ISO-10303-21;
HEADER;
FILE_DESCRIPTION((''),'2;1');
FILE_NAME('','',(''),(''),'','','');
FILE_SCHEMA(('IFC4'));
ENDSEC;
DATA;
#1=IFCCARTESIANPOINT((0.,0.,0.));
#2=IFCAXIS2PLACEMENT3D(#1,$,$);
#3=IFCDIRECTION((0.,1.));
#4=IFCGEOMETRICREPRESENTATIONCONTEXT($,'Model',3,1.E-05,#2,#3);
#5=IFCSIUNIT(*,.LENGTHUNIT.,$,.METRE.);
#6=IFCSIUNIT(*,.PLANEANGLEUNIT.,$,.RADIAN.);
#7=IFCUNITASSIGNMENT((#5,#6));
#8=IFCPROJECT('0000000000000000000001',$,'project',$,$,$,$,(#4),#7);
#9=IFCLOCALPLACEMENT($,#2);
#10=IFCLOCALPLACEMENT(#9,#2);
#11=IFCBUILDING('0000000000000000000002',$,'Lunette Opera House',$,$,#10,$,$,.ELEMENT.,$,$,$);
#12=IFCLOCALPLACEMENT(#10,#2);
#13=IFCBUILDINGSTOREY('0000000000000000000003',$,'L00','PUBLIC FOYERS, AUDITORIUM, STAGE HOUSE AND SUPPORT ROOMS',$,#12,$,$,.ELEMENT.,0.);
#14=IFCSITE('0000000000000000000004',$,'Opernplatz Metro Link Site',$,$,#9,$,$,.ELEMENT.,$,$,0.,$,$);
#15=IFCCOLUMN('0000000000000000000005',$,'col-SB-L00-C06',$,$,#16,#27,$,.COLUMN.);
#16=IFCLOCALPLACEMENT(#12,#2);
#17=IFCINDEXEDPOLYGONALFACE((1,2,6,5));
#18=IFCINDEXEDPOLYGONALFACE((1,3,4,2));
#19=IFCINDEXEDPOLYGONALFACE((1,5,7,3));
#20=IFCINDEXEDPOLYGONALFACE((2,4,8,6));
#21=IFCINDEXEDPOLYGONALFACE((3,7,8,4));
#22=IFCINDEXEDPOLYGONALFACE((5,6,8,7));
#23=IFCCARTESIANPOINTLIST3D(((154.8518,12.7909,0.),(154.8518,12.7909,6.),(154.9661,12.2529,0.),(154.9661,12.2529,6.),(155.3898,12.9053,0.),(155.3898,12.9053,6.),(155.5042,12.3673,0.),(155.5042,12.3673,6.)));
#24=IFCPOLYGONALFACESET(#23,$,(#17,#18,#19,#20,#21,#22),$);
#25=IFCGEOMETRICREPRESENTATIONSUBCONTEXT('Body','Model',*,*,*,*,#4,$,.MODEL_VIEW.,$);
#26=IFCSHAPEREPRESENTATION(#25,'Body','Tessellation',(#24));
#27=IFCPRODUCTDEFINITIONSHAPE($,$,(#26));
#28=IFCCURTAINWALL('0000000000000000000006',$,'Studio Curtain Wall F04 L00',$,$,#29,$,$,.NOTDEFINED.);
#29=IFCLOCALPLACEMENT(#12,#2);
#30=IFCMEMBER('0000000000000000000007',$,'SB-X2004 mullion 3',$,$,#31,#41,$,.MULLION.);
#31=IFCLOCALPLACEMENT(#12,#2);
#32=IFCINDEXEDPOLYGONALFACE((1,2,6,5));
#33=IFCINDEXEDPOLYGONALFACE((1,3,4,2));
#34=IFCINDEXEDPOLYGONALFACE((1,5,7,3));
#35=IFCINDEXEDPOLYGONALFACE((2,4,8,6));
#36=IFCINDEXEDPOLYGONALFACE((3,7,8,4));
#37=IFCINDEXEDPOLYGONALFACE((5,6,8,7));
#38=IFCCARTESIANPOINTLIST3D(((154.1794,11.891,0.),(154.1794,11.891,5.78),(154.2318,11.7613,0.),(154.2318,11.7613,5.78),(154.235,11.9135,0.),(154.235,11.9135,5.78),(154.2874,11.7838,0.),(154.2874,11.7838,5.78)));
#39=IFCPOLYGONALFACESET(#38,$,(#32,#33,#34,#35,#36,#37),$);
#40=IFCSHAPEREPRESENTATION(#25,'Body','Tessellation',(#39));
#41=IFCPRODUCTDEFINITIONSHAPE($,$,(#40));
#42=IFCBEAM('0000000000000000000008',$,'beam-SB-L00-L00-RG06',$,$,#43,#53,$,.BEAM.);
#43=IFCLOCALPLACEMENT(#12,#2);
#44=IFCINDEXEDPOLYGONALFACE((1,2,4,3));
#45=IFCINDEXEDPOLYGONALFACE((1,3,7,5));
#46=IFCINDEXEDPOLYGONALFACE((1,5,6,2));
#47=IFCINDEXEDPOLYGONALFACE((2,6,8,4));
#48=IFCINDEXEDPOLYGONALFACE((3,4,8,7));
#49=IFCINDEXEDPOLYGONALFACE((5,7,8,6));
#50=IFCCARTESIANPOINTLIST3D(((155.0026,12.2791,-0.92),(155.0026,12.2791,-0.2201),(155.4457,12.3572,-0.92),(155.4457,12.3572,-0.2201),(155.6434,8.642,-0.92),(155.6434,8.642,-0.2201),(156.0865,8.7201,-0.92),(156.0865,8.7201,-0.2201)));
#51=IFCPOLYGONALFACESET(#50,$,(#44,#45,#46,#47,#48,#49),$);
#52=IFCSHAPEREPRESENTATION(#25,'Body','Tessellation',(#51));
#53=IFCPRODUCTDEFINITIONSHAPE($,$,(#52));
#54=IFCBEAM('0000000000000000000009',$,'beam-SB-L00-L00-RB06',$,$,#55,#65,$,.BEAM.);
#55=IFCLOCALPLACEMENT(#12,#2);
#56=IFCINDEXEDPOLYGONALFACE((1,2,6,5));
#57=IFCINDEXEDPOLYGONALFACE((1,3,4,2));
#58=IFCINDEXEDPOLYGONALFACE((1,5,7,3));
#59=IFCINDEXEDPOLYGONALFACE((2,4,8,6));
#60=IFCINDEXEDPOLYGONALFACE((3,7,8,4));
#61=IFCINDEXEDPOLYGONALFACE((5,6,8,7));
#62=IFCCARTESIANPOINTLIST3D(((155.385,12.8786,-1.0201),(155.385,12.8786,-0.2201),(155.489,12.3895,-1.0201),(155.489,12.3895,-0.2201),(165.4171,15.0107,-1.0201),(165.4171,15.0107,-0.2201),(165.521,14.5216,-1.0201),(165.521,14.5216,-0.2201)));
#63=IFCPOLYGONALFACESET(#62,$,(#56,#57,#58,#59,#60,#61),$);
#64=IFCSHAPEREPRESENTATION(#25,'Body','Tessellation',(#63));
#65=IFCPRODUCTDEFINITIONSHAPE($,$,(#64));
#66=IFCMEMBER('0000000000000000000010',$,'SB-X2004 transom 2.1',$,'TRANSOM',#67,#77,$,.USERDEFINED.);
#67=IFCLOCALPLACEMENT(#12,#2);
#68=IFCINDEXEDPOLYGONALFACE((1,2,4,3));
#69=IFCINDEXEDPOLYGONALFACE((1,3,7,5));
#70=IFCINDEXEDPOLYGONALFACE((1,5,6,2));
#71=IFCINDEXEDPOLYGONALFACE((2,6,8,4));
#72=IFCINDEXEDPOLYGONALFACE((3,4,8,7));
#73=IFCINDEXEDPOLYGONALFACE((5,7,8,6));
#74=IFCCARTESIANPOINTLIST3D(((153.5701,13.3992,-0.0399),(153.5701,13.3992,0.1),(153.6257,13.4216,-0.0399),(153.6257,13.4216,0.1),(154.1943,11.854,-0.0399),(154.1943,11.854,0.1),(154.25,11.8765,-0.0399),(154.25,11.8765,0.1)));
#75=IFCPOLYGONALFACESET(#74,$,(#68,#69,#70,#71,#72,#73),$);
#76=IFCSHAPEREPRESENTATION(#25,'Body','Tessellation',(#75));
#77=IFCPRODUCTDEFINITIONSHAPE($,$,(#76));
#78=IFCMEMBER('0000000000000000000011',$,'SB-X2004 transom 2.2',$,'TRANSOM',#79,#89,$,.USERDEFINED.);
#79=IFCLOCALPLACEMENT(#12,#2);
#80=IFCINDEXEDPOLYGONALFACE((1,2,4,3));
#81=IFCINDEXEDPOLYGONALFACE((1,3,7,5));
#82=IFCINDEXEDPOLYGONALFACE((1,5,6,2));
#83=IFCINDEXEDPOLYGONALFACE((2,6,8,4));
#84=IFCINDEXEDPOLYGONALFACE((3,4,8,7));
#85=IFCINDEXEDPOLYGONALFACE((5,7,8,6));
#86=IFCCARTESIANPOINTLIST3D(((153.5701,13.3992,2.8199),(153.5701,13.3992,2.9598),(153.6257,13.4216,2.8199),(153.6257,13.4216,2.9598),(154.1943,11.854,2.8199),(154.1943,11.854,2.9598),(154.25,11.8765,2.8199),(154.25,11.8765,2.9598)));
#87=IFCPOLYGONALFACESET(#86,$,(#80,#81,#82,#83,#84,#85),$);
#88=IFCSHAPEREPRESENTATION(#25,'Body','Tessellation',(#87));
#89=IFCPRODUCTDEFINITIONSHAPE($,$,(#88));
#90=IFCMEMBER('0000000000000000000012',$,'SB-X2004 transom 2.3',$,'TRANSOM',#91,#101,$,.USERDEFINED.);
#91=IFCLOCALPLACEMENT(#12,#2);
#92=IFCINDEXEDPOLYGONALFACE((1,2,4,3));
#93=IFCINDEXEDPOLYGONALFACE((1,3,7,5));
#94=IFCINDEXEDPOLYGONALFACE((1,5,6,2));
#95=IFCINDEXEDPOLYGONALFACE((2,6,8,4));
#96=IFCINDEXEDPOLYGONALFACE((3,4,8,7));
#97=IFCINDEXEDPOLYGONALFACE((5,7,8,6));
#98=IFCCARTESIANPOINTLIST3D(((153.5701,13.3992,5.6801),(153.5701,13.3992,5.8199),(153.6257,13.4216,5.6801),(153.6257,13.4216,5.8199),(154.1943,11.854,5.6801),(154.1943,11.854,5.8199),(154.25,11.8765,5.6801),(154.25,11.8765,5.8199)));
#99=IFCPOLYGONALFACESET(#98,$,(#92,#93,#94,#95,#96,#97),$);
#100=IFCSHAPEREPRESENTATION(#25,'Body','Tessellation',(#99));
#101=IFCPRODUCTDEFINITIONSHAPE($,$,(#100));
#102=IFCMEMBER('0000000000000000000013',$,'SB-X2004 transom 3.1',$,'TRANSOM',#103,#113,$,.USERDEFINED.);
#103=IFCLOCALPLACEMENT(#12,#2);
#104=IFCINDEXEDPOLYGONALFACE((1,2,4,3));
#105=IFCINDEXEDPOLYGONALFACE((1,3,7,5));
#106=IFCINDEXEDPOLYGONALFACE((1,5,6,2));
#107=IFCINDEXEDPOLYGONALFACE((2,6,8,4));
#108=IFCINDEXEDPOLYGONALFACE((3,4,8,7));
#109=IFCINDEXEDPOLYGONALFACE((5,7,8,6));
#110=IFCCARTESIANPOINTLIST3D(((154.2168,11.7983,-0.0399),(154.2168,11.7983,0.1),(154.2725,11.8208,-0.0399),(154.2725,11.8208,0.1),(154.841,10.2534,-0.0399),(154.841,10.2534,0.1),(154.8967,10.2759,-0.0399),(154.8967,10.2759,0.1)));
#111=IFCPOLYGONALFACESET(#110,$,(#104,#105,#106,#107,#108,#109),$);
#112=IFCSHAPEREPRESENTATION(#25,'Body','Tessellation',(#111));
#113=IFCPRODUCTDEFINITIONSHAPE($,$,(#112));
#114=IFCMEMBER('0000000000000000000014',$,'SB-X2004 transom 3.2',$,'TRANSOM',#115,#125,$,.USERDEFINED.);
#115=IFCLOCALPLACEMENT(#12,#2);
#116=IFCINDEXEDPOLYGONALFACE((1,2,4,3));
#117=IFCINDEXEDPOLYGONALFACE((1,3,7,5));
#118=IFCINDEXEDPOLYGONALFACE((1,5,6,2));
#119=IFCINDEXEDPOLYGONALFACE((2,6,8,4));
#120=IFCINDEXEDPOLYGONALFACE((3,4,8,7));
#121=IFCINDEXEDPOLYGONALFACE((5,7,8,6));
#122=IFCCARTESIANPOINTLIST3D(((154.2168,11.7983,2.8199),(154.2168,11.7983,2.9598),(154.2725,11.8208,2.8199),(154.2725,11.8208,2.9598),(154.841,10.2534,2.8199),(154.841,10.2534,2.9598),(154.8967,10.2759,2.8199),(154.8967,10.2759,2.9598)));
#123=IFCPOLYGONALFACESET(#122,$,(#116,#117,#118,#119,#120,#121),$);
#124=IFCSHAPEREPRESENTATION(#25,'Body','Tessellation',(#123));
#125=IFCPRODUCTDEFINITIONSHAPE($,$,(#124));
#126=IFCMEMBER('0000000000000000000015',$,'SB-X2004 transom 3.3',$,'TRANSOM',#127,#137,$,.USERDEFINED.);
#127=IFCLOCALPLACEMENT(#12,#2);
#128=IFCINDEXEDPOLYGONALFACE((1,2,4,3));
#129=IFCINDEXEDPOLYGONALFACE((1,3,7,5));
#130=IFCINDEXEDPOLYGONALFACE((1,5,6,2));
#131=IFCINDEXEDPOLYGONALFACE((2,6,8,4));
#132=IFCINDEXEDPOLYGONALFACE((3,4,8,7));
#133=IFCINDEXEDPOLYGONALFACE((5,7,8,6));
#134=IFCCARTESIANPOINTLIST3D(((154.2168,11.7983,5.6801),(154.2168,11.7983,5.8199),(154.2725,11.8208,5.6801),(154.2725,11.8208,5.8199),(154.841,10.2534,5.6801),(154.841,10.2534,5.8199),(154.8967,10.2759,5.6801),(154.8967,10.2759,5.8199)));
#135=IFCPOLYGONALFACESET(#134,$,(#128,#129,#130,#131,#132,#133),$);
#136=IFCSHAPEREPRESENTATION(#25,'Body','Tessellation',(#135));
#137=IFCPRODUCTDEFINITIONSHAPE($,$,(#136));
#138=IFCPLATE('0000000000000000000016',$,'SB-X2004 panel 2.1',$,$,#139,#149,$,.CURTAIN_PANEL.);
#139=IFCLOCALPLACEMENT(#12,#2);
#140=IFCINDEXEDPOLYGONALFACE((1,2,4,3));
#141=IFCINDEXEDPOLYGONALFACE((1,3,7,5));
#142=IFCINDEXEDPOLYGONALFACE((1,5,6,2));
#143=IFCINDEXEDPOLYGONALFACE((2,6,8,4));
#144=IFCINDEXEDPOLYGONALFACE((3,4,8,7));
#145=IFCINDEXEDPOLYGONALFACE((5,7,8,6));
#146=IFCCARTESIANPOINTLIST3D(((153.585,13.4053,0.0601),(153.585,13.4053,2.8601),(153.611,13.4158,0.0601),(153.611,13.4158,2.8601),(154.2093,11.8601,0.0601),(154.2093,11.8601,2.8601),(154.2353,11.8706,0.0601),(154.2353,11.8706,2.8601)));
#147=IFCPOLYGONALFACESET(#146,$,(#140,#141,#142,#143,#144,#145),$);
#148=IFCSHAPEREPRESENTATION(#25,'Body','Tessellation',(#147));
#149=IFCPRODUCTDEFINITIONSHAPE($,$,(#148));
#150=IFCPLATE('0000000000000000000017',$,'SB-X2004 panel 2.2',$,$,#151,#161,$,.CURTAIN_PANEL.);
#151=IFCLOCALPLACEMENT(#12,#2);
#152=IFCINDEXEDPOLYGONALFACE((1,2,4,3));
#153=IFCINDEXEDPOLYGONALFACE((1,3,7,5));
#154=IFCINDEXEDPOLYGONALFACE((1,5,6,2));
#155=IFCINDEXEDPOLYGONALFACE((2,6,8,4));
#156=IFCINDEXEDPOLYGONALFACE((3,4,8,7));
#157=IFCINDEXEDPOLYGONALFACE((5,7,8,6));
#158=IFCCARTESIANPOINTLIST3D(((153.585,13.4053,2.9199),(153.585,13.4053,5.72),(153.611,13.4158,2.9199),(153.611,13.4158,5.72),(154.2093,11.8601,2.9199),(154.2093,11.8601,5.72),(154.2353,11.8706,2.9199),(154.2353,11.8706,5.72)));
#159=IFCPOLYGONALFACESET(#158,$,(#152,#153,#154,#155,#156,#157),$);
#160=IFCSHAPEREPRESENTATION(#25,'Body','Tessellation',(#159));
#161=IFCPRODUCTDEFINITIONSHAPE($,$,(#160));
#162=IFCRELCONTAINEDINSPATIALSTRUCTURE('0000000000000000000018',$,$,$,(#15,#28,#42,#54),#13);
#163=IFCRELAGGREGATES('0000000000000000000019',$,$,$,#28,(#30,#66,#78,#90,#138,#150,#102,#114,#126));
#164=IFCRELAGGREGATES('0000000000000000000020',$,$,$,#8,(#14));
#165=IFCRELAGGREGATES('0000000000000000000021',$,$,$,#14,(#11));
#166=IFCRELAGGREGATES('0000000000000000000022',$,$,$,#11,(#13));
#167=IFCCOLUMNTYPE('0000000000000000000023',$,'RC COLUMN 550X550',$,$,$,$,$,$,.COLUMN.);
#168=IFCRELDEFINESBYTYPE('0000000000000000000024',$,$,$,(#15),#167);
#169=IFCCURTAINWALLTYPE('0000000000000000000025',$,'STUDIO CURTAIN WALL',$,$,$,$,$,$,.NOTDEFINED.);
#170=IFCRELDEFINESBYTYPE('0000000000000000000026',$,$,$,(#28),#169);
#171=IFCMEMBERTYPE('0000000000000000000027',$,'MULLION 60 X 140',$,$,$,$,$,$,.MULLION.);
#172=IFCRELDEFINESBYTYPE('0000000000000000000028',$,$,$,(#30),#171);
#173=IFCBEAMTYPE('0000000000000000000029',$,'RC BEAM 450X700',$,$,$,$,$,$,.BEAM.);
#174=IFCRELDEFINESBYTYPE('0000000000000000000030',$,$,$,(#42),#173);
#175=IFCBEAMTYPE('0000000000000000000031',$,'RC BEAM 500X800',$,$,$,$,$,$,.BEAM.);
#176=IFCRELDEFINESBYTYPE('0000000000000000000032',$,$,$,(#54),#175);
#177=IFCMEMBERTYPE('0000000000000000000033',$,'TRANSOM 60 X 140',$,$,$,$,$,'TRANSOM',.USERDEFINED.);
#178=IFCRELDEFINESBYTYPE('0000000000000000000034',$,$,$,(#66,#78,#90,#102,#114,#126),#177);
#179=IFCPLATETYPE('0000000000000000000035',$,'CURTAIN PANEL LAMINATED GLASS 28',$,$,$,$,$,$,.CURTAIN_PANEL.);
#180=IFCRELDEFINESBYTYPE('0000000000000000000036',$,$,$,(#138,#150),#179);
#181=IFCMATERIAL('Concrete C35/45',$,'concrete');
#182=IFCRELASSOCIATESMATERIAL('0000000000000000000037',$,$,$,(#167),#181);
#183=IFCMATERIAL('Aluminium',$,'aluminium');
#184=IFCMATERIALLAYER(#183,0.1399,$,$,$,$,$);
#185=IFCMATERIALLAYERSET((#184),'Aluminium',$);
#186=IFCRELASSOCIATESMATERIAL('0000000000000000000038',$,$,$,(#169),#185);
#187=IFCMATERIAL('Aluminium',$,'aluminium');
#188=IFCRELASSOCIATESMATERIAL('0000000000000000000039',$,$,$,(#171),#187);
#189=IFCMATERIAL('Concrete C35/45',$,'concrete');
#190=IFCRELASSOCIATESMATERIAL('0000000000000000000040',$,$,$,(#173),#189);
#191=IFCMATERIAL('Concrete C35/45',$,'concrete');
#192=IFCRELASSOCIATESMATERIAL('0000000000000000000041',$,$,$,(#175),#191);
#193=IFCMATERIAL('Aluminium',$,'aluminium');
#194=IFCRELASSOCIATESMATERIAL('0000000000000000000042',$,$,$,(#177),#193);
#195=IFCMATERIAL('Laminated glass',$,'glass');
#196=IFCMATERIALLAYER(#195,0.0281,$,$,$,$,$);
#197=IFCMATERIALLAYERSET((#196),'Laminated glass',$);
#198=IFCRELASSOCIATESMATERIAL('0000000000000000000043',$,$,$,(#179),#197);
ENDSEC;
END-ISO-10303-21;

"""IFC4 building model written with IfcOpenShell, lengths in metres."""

from ifc_helpers import new_model, si_unit, direction, frame, origin, origin_2d, place, context, subcontext, project, spatial, rectangle, extrude, material, layer, layer_set, material_profile, profile_set, type_object, element, aggregate, save


model = new_model("IFC4")

# Units and contexts
model_context = context("Model", 3, precision=1e-05, world=origin(), true_north=direction((0.0, 1.0)))
body_context = subcontext(model_context, "Body", "Model", "MODEL_VIEW")
ifc_project = project(units=[si_unit("LENGTHUNIT", "METRE"), si_unit("PLANEANGLEUNIT", "RADIAN")], contexts=[model_context])

# Site, building, storey
site_placement = place(None, origin())
site = spatial("IfcSite", under=ifc_project, at=site_placement, Name="Opernplatz Metro Link Site", CompositionType="ELEMENT", RefElevation=0.0)
building_placement = place(site_placement, origin())
building = spatial("IfcBuilding", under=site, at=building_placement, Name="Lunette Opera House", CompositionType="ELEMENT")
storey_placement = place(building_placement, origin())
storey = spatial("IfcBuildingStorey", under=building, at=storey_placement, Name="L00", Description="PUBLIC FOYERS, AUDITORIUM, STAGE HOUSE AND SUPPORT ROOMS", CompositionType="ELEMENT", Elevation=0.0)

# Column
ifc_material_1 = material(Name="Concrete C35/45", Category="concrete")
ifc_material_profile_1 = material_profile(ifc_material_1, rectangle(XDim=0.55, YDim=0.55, at=origin_2d()), Name="RC COLUMN 550X550")
ifc_profile_set_1 = profile_set([ifc_material_profile_1], Name="Concrete C35/45")
column_type = type_object("IfcColumnType", Name="RC COLUMN 550X550", PredefinedType="COLUMN", material=ifc_profile_set_1)
column_placement = place(storey_placement, frame((155.178, 12.5791, 0.0), z_axis=(0.0, 0.0, 1.0), x_axis=(0.207912, -0.978148, 0.0)))
element("IfcColumn", 1, at=column_placement, inside=storey, type_object=column_type, Name="col-SB-L00-C06", PredefinedType="COLUMN", context=body_context, shape_type="SweptSolid", body=[
    extrude(rectangle(XDim=0.55, YDim=0.55, at=origin_2d()), origin(), (0.0, 0.0, 1.0), 6.0),
])

# Curtain wall, member
ifc_material_2 = material(Name="Aluminium", Category="aluminium")
ifc_layer_1 = layer(ifc_material_2, 0.1399)
ifc_layer_set_1 = layer_set([ifc_layer_1], Name="Aluminium")
curtain_wall_type = type_object("IfcCurtainWallType", Name="STUDIO CURTAIN WALL", PredefinedType="NOTDEFINED", material=ifc_layer_set_1)
curtain_wall_placement = place(storey_placement, origin())
curtain_wall = element("IfcCurtainWall", 2, at=curtain_wall_placement, inside=storey, type_object=curtain_wall_type, Name="Studio Curtain Wall F04 L00", PredefinedType="NOTDEFINED")
ifc_material_3 = material(Name="Aluminium", Category="aluminium")
ifc_material_profile_2 = material_profile(ifc_material_3, rectangle(XDim=0.0601, YDim=0.1399, at=origin_2d()), Name="MULLION 60 X 140")
ifc_profile_set_2 = profile_set([ifc_material_profile_2], Name="Aluminium")
member_type_1 = type_object("IfcMemberType", Name="MULLION 60 X 140", PredefinedType="MULLION", material=ifc_profile_set_2)
member_1_placement = place(storey_placement, frame((154.2334, 11.8374, 0.0), z_axis=(0.0, 0.0, 1.0), x_axis=(0.927183, 0.374609, 0.0)))
member_1 = element("IfcMember", 3, at=member_1_placement, type_object=member_type_1, Name="SB-X2004 mullion 3", PredefinedType="MULLION", context=body_context, shape_type="SweptSolid", body=[
    extrude(rectangle(XDim=0.0601, YDim=0.1399, at=origin_2d()), origin(), (0.0, 0.0, 1.0), 5.78),
])

# Beams
ifc_material_4 = material(Name="Concrete C35/45", Category="concrete")
ifc_material_profile_3 = material_profile(ifc_material_4, rectangle(XDim=0.45, YDim=0.7, at=origin_2d()), Name="RC BEAM 450X700")
ifc_profile_set_3 = profile_set([ifc_material_profile_3], Name="Concrete C35/45")
beam_type_1 = type_object("IfcBeamType", Name="RC BEAM 450X700", PredefinedType="BEAM", material=ifc_profile_set_3)
beam_1_placement = place(storey_placement, frame((155.2241, 12.3181, -0.5701), z_axis=(0.173525, -0.984829, 0.0), x_axis=(0.984829, 0.173525, 0.0)))
element("IfcBeam", 4, at=beam_1_placement, inside=storey, type_object=beam_type_1, Name="beam-SB-L00-L00-RG06", PredefinedType="BEAM", context=body_context, shape_type="SweptSolid", body=[
    extrude(rectangle(XDim=0.45, YDim=0.7, at=origin_2d()), origin(), (0.0, 0.0, 1.0), 3.6931),
])
ifc_material_5 = material(Name="Concrete C35/45", Category="concrete")
ifc_material_profile_4 = material_profile(ifc_material_5, rectangle(XDim=0.5, YDim=0.8, at=origin_2d()), Name="RC BEAM 500X800")
ifc_profile_set_4 = profile_set([ifc_material_profile_4], Name="Concrete C35/45")
beam_type_2 = type_object("IfcBeamType", Name="RC BEAM 500X800", PredefinedType="BEAM", material=ifc_profile_set_4)
beam_2_placement = place(storey_placement, frame((155.437, 12.634, -0.6201), z_axis=(0.978153, 0.207885, 0.0), x_axis=(-0.207885, 0.978153, 0.0)))
element("IfcBeam", 5, at=beam_2_placement, inside=storey, type_object=beam_type_2, Name="beam-SB-L00-L00-RB06", PredefinedType="BEAM", context=body_context, shape_type="SweptSolid", body=[
    extrude(rectangle(XDim=0.5, YDim=0.8, at=origin_2d()), origin(), (0.0, 0.0, 1.0), 10.2561),
])

# Members
ifc_material_6 = material(Name="Aluminium", Category="aluminium")
ifc_material_profile_5 = material_profile(ifc_material_6, rectangle(XDim=0.0601, YDim=0.1399, at=origin_2d()), Name="TRANSOM 60 X 140")
ifc_profile_set_5 = profile_set([ifc_material_profile_5], Name="Aluminium")
member_type_2 = type_object("IfcMemberType", Name="TRANSOM 60 X 140", ElementType="TRANSOM", PredefinedType="USERDEFINED", material=ifc_profile_set_5)
member_2_placement = place(storey_placement, frame((153.5979, 13.4104, 0.03), z_axis=(0.374596, -0.927188, 0.0), x_axis=(0.927188, 0.374596, 0.0)))
member_2 = element("IfcMember", 6, at=member_2_placement, type_object=member_type_2, Name="SB-X2004 transom 2.1", ObjectType="TRANSOM", PredefinedType="USERDEFINED", context=body_context, shape_type="SweptSolid", body=[
    extrude(rectangle(XDim=0.0601, YDim=0.1399, at=origin_2d()), origin(), (0.0, 0.0, 1.0), 1.6665),
])
member_3_placement = place(storey_placement, frame((153.5979, 13.4104, 2.8899), z_axis=(0.374596, -0.927188, 0.0), x_axis=(0.927188, 0.374596, 0.0)))
member_3 = element("IfcMember", 7, at=member_3_placement, type_object=member_type_2, Name="SB-X2004 transom 2.2", ObjectType="TRANSOM", PredefinedType="USERDEFINED", context=body_context, shape_type="SweptSolid", body=[
    extrude(rectangle(XDim=0.0601, YDim=0.1399, at=origin_2d()), origin(), (0.0, 0.0, 1.0), 1.6665),
])
member_4_placement = place(storey_placement, frame((153.5979, 13.4104, 5.75), z_axis=(0.374596, -0.927188, 0.0), x_axis=(0.927188, 0.374596, 0.0)))
member_4 = element("IfcMember", 8, at=member_4_placement, type_object=member_type_2, Name="SB-X2004 transom 2.3", ObjectType="TRANSOM", PredefinedType="USERDEFINED", context=body_context, shape_type="SweptSolid", body=[
    extrude(rectangle(XDim=0.0601, YDim=0.1399, at=origin_2d()), origin(), (0.0, 0.0, 1.0), 1.6665),
])
member_5_placement = place(storey_placement, frame((154.2446, 11.8096, 0.03), z_axis=(0.374647, -0.927167, 0.0), x_axis=(0.927167, 0.374647, 0.0)))
member_5 = element("IfcMember", 9, at=member_5_placement, type_object=member_type_2, Name="SB-X2004 transom 3.1", ObjectType="TRANSOM", PredefinedType="USERDEFINED", context=body_context, shape_type="SweptSolid", body=[
    extrude(rectangle(XDim=0.0601, YDim=0.1399, at=origin_2d()), origin(), (0.0, 0.0, 1.0), 1.6663),
])
member_6_placement = place(storey_placement, frame((154.2446, 11.8096, 2.8899), z_axis=(0.374647, -0.927167, 0.0), x_axis=(0.927167, 0.374647, 0.0)))
member_6 = element("IfcMember", 10, at=member_6_placement, type_object=member_type_2, Name="SB-X2004 transom 3.2", ObjectType="TRANSOM", PredefinedType="USERDEFINED", context=body_context, shape_type="SweptSolid", body=[
    extrude(rectangle(XDim=0.0601, YDim=0.1399, at=origin_2d()), origin(), (0.0, 0.0, 1.0), 1.6663),
])
member_7_placement = place(storey_placement, frame((154.2446, 11.8096, 5.75), z_axis=(0.374647, -0.927167, 0.0), x_axis=(0.927167, 0.374647, 0.0)))
member_7 = element("IfcMember", 11, at=member_7_placement, type_object=member_type_2, Name="SB-X2004 transom 3.3", ObjectType="TRANSOM", PredefinedType="USERDEFINED", context=body_context, shape_type="SweptSolid", body=[
    extrude(rectangle(XDim=0.0601, YDim=0.1399, at=origin_2d()), origin(), (0.0, 0.0, 1.0), 1.6663),
])

# Plates
ifc_material_7 = material(Name="Laminated glass", Category="glass")
ifc_layer_2 = layer(ifc_material_7, 0.0281)
ifc_layer_set_2 = layer_set([ifc_layer_2], Name="Laminated glass")
plate_type = type_object("IfcPlateType", Name="CURTAIN PANEL LAMINATED GLASS 28", PredefinedType="CURTAIN_PANEL", material=ifc_layer_set_2)
plate_1_placement = place(storey_placement, frame((153.9102, 12.6379, 0.0601), z_axis=(0.0, 0.0, 1.0), x_axis=(0.374609, -0.927183, 0.0)))
plate_1 = element("IfcPlate", 12, at=plate_1_placement, type_object=plate_type, Name="SB-X2004 panel 2.1", PredefinedType="CURTAIN_PANEL", context=body_context, shape_type="SweptSolid", body=[
    extrude(rectangle(XDim=1.6665, YDim=0.0281, at=origin_2d()), origin(), (0.0, 0.0, 1.0), 2.8),
])
plate_2_placement = place(storey_placement, frame((153.9102, 12.6379, 2.9199), z_axis=(0.0, 0.0, 1.0), x_axis=(0.374609, -0.927183, 0.0)))
plate_2 = element("IfcPlate", 13, at=plate_2_placement, type_object=plate_type, Name="SB-X2004 panel 2.2", PredefinedType="CURTAIN_PANEL", context=body_context, shape_type="SweptSolid", body=[
    extrude(rectangle(XDim=1.6665, YDim=0.0281, at=origin_2d()), origin(), (0.0, 0.0, 1.0), 2.8),
])
aggregate(curtain_wall, [member_1, member_2, member_3, member_4, plate_1, plate_2, member_5, member_6, member_7])

save(model, "model.ifc")
